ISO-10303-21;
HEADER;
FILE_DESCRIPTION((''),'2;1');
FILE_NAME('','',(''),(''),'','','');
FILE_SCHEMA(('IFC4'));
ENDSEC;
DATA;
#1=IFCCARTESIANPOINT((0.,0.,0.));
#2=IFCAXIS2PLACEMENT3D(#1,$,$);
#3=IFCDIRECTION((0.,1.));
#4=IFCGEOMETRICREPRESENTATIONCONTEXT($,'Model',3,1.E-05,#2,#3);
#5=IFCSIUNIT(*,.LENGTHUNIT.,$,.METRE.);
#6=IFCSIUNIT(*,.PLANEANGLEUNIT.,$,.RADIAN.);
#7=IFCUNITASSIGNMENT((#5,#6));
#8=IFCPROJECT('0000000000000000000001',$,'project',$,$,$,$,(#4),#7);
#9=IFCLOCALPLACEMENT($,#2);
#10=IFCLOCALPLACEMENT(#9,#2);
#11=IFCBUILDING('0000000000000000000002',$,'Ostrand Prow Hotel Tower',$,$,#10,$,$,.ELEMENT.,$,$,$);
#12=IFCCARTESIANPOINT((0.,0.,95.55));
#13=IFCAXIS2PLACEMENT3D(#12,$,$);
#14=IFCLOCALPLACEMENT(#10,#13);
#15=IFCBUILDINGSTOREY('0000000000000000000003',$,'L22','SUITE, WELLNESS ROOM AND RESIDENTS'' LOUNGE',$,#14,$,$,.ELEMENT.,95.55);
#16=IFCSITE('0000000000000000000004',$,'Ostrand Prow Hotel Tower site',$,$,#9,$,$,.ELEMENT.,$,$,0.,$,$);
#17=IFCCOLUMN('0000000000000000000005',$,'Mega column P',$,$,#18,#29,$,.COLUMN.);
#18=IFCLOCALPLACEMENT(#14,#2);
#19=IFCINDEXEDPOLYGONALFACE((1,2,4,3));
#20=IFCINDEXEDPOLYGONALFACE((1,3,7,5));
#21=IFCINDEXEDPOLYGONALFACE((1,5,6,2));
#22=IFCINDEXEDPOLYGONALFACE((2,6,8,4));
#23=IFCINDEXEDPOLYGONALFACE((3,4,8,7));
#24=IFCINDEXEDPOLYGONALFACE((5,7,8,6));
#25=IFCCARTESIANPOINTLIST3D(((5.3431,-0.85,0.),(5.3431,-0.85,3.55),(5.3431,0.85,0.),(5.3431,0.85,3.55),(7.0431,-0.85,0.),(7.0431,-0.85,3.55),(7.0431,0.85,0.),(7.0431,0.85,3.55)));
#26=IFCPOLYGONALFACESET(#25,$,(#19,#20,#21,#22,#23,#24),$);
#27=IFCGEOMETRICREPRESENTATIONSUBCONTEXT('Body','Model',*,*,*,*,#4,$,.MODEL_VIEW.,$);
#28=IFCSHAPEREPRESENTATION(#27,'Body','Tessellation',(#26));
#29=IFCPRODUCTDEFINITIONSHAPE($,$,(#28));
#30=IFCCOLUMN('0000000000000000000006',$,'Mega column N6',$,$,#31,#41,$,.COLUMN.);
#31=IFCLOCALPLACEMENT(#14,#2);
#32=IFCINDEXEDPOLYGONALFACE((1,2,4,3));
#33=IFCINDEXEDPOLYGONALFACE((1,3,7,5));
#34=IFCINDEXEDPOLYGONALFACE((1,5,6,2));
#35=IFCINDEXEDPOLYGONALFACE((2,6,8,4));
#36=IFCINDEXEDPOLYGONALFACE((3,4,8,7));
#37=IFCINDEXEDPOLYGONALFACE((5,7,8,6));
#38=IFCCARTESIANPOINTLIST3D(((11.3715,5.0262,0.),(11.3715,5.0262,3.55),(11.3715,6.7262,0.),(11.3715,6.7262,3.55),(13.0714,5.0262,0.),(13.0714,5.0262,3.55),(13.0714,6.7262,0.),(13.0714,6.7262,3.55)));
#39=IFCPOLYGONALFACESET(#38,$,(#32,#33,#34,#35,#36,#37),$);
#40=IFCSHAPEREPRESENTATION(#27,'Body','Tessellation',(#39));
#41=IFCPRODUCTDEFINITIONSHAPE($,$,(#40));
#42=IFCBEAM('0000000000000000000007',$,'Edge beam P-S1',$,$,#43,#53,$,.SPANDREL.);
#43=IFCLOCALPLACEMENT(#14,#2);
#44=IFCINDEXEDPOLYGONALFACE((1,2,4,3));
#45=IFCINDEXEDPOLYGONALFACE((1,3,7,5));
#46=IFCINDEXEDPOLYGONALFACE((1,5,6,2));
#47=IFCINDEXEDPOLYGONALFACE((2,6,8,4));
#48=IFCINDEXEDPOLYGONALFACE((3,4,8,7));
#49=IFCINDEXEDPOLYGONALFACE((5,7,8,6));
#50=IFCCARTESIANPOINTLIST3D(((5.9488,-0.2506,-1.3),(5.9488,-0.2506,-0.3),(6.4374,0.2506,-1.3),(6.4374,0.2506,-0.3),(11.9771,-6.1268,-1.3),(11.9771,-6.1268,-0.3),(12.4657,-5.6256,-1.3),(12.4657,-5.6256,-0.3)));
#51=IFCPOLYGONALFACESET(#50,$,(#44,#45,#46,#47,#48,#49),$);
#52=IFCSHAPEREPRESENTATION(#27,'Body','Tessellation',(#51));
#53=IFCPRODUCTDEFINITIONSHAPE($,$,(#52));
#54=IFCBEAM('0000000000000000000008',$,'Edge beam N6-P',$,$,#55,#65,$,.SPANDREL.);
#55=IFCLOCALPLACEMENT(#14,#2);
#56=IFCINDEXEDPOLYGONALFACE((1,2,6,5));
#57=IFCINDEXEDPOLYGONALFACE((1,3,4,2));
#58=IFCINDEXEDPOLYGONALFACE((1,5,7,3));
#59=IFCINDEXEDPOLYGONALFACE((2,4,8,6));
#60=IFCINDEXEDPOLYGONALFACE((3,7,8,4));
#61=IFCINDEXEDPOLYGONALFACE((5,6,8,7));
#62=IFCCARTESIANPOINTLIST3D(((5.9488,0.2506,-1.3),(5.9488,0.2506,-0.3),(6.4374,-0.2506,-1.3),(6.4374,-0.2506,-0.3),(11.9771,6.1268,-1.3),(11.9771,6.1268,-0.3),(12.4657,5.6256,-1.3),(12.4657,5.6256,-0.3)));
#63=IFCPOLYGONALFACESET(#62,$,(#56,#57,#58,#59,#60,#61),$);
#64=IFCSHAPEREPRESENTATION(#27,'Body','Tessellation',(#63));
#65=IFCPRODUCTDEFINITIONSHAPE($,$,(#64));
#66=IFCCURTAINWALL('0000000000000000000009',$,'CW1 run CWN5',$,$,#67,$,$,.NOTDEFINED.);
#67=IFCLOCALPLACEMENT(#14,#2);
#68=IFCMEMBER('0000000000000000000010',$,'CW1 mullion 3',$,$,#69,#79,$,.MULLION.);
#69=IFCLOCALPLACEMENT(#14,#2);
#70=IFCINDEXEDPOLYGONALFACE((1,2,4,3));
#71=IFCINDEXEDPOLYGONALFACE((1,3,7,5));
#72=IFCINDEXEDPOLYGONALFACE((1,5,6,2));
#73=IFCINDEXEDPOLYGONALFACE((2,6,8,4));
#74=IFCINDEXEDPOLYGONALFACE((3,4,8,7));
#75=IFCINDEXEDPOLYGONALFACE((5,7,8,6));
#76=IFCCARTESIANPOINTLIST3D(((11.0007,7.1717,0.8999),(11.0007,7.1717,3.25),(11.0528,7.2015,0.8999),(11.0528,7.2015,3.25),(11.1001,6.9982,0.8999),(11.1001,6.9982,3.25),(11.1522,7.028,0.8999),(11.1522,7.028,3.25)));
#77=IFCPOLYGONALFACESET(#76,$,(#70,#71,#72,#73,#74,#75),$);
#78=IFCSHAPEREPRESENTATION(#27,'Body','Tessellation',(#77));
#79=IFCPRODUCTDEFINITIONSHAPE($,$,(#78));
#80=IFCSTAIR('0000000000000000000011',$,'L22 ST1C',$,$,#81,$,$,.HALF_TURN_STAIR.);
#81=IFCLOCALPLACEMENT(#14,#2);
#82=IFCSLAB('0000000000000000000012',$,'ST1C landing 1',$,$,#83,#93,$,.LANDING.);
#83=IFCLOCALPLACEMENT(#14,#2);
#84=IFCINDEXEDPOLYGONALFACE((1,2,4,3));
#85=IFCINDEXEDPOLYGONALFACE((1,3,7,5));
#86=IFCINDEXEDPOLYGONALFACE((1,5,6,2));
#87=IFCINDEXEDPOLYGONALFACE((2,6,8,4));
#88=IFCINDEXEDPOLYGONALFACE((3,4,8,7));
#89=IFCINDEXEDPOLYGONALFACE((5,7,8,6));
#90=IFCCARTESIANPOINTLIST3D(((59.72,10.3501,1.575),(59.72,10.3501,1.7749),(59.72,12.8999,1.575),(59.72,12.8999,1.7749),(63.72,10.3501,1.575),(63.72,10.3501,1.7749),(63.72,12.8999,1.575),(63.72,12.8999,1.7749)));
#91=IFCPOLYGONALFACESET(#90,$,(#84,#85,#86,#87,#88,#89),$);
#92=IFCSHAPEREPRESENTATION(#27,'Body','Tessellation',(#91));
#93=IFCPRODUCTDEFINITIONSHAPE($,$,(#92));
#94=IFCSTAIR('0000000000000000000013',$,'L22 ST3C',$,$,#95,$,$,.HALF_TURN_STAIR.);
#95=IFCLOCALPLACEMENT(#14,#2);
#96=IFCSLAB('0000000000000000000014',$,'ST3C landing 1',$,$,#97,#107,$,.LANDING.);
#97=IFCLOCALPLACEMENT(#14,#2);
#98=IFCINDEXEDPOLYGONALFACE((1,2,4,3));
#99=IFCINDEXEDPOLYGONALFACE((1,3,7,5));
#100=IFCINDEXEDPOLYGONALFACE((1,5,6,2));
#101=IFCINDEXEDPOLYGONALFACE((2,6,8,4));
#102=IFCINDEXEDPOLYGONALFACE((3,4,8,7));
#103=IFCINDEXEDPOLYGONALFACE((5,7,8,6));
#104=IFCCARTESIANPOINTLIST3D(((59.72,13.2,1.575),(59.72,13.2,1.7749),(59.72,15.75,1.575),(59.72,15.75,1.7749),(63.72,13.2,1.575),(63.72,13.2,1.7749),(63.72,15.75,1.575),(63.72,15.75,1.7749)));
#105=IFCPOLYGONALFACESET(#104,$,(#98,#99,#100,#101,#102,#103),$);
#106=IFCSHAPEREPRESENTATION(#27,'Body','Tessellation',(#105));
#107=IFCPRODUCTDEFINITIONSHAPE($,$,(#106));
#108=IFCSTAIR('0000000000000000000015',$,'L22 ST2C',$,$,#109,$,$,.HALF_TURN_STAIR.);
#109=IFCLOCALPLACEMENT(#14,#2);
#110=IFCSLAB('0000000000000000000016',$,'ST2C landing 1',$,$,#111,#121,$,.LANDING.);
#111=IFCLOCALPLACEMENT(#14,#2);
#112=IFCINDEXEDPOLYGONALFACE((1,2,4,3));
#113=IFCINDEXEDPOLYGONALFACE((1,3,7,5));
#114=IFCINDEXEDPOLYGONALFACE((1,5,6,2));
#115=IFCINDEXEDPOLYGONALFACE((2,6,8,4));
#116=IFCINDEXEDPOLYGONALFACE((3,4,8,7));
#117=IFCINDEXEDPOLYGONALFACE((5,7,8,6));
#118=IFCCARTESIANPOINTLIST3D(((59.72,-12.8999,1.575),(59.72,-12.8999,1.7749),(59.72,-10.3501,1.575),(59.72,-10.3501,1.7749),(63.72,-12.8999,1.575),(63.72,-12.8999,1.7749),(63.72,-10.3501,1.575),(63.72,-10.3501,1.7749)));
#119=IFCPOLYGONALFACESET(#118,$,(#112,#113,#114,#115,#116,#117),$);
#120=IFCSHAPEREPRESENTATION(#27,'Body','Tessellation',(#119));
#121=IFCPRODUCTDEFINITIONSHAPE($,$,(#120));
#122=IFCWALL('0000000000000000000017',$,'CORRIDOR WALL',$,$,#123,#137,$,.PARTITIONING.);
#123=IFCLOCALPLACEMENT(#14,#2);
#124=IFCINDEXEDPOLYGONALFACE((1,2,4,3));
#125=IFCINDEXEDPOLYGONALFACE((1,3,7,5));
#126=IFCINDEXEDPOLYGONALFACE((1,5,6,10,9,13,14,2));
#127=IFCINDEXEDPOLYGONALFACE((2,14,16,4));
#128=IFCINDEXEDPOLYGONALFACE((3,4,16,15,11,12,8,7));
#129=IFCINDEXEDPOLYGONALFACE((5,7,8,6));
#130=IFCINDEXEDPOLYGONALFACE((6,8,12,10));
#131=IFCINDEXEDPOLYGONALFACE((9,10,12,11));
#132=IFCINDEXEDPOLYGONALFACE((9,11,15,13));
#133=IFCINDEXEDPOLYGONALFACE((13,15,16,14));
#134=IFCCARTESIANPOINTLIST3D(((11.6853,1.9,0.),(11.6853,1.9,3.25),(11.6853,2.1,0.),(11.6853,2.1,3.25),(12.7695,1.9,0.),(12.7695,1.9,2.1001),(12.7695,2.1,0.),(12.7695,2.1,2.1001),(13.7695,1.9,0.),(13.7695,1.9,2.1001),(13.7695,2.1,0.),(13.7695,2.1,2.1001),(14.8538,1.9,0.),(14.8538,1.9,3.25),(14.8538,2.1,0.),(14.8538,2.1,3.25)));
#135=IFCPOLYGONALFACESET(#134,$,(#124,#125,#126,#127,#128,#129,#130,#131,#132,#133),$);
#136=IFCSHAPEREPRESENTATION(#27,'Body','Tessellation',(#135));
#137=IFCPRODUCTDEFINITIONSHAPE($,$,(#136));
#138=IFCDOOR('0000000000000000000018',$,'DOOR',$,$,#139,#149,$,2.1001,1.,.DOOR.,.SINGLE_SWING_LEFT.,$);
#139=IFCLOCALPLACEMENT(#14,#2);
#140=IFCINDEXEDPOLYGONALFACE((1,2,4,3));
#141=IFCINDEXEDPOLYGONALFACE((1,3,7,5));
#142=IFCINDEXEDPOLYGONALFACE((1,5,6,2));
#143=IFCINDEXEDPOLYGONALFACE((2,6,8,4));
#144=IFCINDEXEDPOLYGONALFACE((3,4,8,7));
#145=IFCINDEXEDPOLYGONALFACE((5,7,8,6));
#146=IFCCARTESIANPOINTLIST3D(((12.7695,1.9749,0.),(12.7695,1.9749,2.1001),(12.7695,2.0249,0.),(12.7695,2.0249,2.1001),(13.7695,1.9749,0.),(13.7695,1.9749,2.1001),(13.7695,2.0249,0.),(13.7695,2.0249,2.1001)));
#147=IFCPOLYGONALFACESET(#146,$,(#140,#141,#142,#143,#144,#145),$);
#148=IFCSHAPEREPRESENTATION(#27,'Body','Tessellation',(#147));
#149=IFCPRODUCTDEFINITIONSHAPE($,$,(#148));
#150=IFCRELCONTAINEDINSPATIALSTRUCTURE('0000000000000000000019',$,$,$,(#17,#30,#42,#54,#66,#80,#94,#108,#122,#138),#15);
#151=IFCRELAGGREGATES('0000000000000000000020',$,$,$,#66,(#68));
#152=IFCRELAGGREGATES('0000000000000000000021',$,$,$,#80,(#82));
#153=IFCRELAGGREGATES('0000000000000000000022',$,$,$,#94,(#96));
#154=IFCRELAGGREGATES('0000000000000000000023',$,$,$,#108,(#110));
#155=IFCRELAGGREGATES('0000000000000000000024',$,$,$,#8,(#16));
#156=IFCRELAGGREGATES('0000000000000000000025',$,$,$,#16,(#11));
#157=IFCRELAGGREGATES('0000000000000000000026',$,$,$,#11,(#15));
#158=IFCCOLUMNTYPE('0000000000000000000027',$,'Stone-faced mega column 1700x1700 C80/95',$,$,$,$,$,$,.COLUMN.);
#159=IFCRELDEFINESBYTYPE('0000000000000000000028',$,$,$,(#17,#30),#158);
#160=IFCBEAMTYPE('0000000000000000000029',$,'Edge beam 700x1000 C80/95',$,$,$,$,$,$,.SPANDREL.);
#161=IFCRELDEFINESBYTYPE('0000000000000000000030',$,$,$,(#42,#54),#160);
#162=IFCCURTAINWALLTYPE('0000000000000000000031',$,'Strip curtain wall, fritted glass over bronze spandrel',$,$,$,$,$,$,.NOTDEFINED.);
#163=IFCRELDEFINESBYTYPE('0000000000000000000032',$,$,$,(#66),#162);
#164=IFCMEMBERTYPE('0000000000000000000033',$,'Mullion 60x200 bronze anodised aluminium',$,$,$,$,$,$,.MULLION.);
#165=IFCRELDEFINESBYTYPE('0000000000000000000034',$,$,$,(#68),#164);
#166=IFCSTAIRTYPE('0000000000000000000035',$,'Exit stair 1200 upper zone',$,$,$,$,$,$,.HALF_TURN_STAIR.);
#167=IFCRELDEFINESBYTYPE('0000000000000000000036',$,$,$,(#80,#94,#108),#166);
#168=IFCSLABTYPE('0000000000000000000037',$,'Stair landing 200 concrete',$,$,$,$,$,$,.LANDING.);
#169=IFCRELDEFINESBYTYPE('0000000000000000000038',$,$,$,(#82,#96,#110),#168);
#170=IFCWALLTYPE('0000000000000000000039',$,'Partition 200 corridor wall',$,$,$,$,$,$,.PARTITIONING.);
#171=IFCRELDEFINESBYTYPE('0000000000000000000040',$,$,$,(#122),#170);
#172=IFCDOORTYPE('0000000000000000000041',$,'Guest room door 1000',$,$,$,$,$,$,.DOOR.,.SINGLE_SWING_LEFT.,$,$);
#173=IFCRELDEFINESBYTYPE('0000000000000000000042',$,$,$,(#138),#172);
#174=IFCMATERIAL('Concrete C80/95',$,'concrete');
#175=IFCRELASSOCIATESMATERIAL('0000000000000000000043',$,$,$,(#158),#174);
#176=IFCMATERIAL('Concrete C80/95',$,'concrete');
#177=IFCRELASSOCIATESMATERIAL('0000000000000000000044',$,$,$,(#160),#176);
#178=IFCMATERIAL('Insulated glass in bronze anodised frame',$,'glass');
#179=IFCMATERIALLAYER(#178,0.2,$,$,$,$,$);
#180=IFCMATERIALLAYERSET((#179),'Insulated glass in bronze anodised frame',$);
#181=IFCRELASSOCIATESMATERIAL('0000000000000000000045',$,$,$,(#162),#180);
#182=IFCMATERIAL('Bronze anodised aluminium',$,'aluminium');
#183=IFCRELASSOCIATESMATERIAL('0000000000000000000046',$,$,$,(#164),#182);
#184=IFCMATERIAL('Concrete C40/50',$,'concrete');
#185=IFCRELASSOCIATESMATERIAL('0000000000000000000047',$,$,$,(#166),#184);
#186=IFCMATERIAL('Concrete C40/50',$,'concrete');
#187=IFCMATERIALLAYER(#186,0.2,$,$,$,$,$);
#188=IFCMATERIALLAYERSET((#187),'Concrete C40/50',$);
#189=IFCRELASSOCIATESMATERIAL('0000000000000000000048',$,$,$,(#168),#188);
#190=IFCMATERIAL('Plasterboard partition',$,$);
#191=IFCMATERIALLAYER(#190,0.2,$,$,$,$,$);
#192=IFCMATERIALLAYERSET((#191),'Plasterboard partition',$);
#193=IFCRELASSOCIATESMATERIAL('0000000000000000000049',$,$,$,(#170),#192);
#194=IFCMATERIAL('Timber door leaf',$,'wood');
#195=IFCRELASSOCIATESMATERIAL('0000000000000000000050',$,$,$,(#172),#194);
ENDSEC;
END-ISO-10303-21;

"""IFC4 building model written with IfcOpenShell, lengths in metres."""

from ifc_helpers import new_model, si_unit, direction, frame, frame_2d, origin, origin_2d, place, context, subcontext, project, spatial, polyline, rectangle, outline, extrude, material, layer, layer_set, material_profile, profile_set, type_object, element, fill, aggregate, save


model = new_model("IFC4")

# Units and contexts
model_context = context("Model", 3, precision=1e-05, world=origin(), true_north=direction((0.0, 1.0)))
body_context = subcontext(model_context, "Body", "Model", "MODEL_VIEW")
ifc_project = project(units=[si_unit("LENGTHUNIT", "METRE"), si_unit("PLANEANGLEUNIT", "RADIAN")], contexts=[model_context])

# Site, building, storey
site_placement = place(None, origin())
site = spatial("IfcSite", under=ifc_project, at=site_placement, Name="Ostrand Prow Hotel Tower site", CompositionType="ELEMENT", RefElevation=0.0)
building_placement = place(site_placement, origin())
building = spatial("IfcBuilding", under=site, at=building_placement, Name="Ostrand Prow Hotel Tower", CompositionType="ELEMENT")
storey_placement = place(building_placement, frame((0.0, 0.0, 95.55)))
storey = spatial("IfcBuildingStorey", under=building, at=storey_placement, Name="L22", Description="SUITE, WELLNESS ROOM AND RESIDENTS' LOUNGE", CompositionType="ELEMENT", Elevation=95.55)

# Columns
ifc_material_1 = material(Name="Concrete C80/95", Category="concrete")
ifc_material_profile_1 = material_profile(ifc_material_1, rectangle(XDim=1.7, YDim=1.7, at=origin_2d()), Name="RC 1700x1700")
ifc_profile_set_1 = profile_set([ifc_material_profile_1], Name="Concrete C80/95")
column_type = type_object("IfcColumnType", Name="Stone-faced mega column 1700x1700 C80/95", PredefinedType="COLUMN", material=ifc_profile_set_1)
for number, where, z_axis, x_axis, name in (
    (1, (6.1931, 0.0, 0.0), (0.0, 0.0, 1.0), (1.0, 0.0, 0.0), "Mega column P"),
    (2, (12.2214, 5.8762, 0.0), (0.0, 0.0, 1.0), (1.0, 0.0, 0.0), "Mega column N6"),
):
    element("IfcColumn", number, at=place(storey_placement, frame(where, z_axis=z_axis, x_axis=x_axis)), inside=storey, type_object=column_type, Name=name, PredefinedType="COLUMN", context=body_context, shape_type="SweptSolid", body=[
        extrude(rectangle(XDim=1.7, YDim=1.7, at=origin_2d()), origin(), (0.0, 0.0, 1.0), 3.55),
    ])

# Beams
ifc_material_2 = material(Name="Concrete C80/95", Category="concrete")
ifc_material_profile_2 = material_profile(ifc_material_2, rectangle(XDim=0.7, YDim=1.0, at=origin_2d()), Name="RC 700x1000")
ifc_profile_set_2 = profile_set([ifc_material_profile_2], Name="Concrete C80/95")
beam_type = type_object("IfcBeamType", Name="Edge beam 700x1000 C80/95", PredefinedType="SPANDREL", material=ifc_profile_set_2)
for number, where, z_axis, x_axis, name in (
    (3, (6.1931, 0.0, -0.8), (0.716083, -0.698015, 0.0), (0.698015, 0.716083, 0.0), "Edge beam P-S1"),
    (4, (12.2214, 5.8762, -0.8), (-0.716083, -0.698015, 0.0), (0.698015, -0.716083, 0.0), "Edge beam N6-P"),
):
    element("IfcBeam", number, at=place(storey_placement, frame(where, z_axis=z_axis, x_axis=x_axis)), inside=storey, type_object=beam_type, Name=name, PredefinedType="SPANDREL", context=body_context, shape_type="SweptSolid", body=[
        extrude(rectangle(XDim=0.7, YDim=1.0, at=origin_2d()), origin(), (0.0, 0.0, 1.0), 8.4185),
    ])

# Curtain wall, member
ifc_material_3 = material(Name="Insulated glass in bronze anodised frame", Category="glass")
ifc_layer_1 = layer(ifc_material_3, 0.2)
ifc_layer_set_1 = layer_set([ifc_layer_1], Name="Insulated glass in bronze anodised frame")
curtain_wall_type = type_object("IfcCurtainWallType", Name="Strip curtain wall, fritted glass over bronze spandrel", PredefinedType="NOTDEFINED", material=ifc_layer_set_1)
curtain_wall_placement = place(storey_placement, origin())
curtain_wall = element("IfcCurtainWall", 5, at=curtain_wall_placement, inside=storey, type_object=curtain_wall_type, Name="CW1 run CWN5", PredefinedType="NOTDEFINED")
ifc_material_4 = material(Name="Bronze anodised aluminium", Category="aluminium")
ifc_material_profile_3 = material_profile(ifc_material_4, rectangle(XDim=0.2, YDim=0.0601, at=origin_2d()), Name="Mullion 60x200 bronze anodised aluminium")
ifc_profile_set_3 = profile_set([ifc_material_profile_3], Name="Bronze anodised aluminium")
member_type = type_object("IfcMemberType", Name="Mullion 60x200 bronze anodised aluminium", PredefinedType="MULLION", material=ifc_profile_set_3)
member_placement = place(storey_placement, frame((11.0764, 7.0999, 0.8999), z_axis=(0.0, 0.0, 1.0), x_axis=(0.497115, -0.867685, 0.0)))
member = element("IfcMember", 6, at=member_placement, type_object=member_type, Name="CW1 mullion 3", PredefinedType="MULLION", context=body_context, shape_type="SweptSolid", body=[
    extrude(rectangle(XDim=0.2, YDim=0.0601, at=origin_2d()), origin(), (0.0, 0.0, 1.0), 2.3501),
])
aggregate(curtain_wall, [member])

# Stairs, slabs
ifc_material_5 = material(Name="Concrete C40/50", Category="concrete")
stair_type = type_object("IfcStairType", Name="Exit stair 1200 upper zone", PredefinedType="HALF_TURN_STAIR", material=ifc_material_5)
stair_1_placement = place(storey_placement, origin())
stair_1 = element("IfcStair", 7, at=stair_1_placement, inside=storey, type_object=stair_type, Name="L22 ST1C", PredefinedType="HALF_TURN_STAIR")
ifc_material_6 = material(Name="Concrete C40/50", Category="concrete")
ifc_layer_2 = layer(ifc_material_6, 0.2)
ifc_layer_set_2 = layer_set([ifc_layer_2], Name="Concrete C40/50")
slab_type = type_object("IfcSlabType", Name="Stair landing 200 concrete", PredefinedType="LANDING", material=ifc_layer_set_2)
slab_1_placement = place(storey_placement, frame((0.0, 0.0, 1.575)))
slab_1 = element("IfcSlab", 8, at=slab_1_placement, type_object=slab_type, Name="ST1C landing 1", PredefinedType="LANDING", context=body_context, shape_type="SweptSolid", body=[
    extrude(outline(polyline([(59.72, 10.3501), (63.72, 10.3501), (63.72, 12.8999), (59.72, 12.8999), (59.72, 10.3501)])), origin(), (0.0, 0.0, 1.0), 0.2),
])
aggregate(stair_1, [slab_1])
stair_2_placement = place(storey_placement, origin())
stair_2 = element("IfcStair", 9, at=stair_2_placement, inside=storey, type_object=stair_type, Name="L22 ST3C", PredefinedType="HALF_TURN_STAIR")
slab_2_placement = place(storey_placement, frame((0.0, 0.0, 1.575)))
slab_2 = element("IfcSlab", 10, at=slab_2_placement, type_object=slab_type, Name="ST3C landing 1", PredefinedType="LANDING", context=body_context, shape_type="SweptSolid", body=[
    extrude(outline(polyline([(59.72, 13.2), (63.72, 13.2), (63.72, 15.75), (59.72, 15.75), (59.72, 13.2)])), origin(), (0.0, 0.0, 1.0), 0.2),
])
aggregate(stair_2, [slab_2])
stair_3_placement = place(storey_placement, origin())
stair_3 = element("IfcStair", 11, at=stair_3_placement, inside=storey, type_object=stair_type, Name="L22 ST2C", PredefinedType="HALF_TURN_STAIR")
slab_3_placement = place(storey_placement, frame((0.0, 0.0, 1.575)))
slab_3 = element("IfcSlab", 12, at=slab_3_placement, type_object=slab_type, Name="ST2C landing 1", PredefinedType="LANDING", context=body_context, shape_type="SweptSolid", body=[
    extrude(outline(polyline([(59.72, -12.8999), (63.72, -12.8999), (63.72, -10.3501), (59.72, -10.3501), (59.72, -12.8999)])), origin(), (0.0, 0.0, 1.0), 0.2),
])
aggregate(stair_3, [slab_3])

# Wall, opening, door
ifc_material_7 = material(Name="Plasterboard partition")
ifc_layer_3 = layer(ifc_material_7, 0.2)
ifc_layer_set_3 = layer_set([ifc_layer_3], Name="Plasterboard partition")
wall_type_1 = type_object("IfcWallType", Name="Partition 200 corridor wall", PredefinedType="PARTITIONING", material=ifc_layer_set_3)
wall_1_placement = place(storey_placement, frame((11.6853, 2.0, 0.0), z_axis=(0.0, 0.0, 1.0), x_axis=(1.0, 0.0, 0.0)))
wall_1 = element("IfcWall", 13, at=wall_1_placement, inside=storey, type_object=wall_type_1, Name="CORRIDOR WALL", PredefinedType="PARTITIONING", context=body_context, shape_type="SweptSolid", body=[
    extrude(rectangle(XDim=3.1685, YDim=0.2, at=frame_2d((1.5842, 0.0))), origin(), (0.0, 0.0, 1.0), 3.25),
])
opening_1_placement = place(wall_1_placement, frame((1.0842, 0.0, 0.0)))
opening_1 = element("IfcOpeningElement", 14, at=opening_1_placement, cuts=wall_1, PredefinedType="OPENING", context=body_context, shape_type="SweptSolid", body=[
    extrude(rectangle(XDim=1.0, YDim=2.1001, at=frame_2d((0.5, 1.05))), frame((0.0, 0.1099, 0.0), z_axis=(0.0, -1.0, 0.0), x_axis=(1.0, 0.0, 0.0)), (0.0, 0.0, 1.0), 0.22),
])
ifc_material_8 = material(Name="Timber door leaf", Category="wood")
door_type = type_object("IfcDoorType", Name="Guest room door 1000", OperationType="SINGLE_SWING_LEFT", PredefinedType="DOOR", material=ifc_material_8)
door_placement = place(opening_1_placement, origin())
door = element("IfcDoor", 15, at=door_placement, inside=storey, type_object=door_type, Name="DOOR", OperationType="SINGLE_SWING_LEFT", OverallHeight=2.1001, OverallWidth=1.0, PredefinedType="DOOR", context=body_context, shape_type="SweptSolid", body=[
    extrude(rectangle(XDim=1.0, YDim=2.1001, at=frame_2d((0.5, 1.05))), frame((0.0, 0.0249, 0.0), z_axis=(0.0, -1.0, 0.0), x_axis=(1.0, 0.0, 0.0)), (0.0, 0.0, 1.0), 0.05),
])
fill(opening_1, door)

save(model, "model.ifc")
